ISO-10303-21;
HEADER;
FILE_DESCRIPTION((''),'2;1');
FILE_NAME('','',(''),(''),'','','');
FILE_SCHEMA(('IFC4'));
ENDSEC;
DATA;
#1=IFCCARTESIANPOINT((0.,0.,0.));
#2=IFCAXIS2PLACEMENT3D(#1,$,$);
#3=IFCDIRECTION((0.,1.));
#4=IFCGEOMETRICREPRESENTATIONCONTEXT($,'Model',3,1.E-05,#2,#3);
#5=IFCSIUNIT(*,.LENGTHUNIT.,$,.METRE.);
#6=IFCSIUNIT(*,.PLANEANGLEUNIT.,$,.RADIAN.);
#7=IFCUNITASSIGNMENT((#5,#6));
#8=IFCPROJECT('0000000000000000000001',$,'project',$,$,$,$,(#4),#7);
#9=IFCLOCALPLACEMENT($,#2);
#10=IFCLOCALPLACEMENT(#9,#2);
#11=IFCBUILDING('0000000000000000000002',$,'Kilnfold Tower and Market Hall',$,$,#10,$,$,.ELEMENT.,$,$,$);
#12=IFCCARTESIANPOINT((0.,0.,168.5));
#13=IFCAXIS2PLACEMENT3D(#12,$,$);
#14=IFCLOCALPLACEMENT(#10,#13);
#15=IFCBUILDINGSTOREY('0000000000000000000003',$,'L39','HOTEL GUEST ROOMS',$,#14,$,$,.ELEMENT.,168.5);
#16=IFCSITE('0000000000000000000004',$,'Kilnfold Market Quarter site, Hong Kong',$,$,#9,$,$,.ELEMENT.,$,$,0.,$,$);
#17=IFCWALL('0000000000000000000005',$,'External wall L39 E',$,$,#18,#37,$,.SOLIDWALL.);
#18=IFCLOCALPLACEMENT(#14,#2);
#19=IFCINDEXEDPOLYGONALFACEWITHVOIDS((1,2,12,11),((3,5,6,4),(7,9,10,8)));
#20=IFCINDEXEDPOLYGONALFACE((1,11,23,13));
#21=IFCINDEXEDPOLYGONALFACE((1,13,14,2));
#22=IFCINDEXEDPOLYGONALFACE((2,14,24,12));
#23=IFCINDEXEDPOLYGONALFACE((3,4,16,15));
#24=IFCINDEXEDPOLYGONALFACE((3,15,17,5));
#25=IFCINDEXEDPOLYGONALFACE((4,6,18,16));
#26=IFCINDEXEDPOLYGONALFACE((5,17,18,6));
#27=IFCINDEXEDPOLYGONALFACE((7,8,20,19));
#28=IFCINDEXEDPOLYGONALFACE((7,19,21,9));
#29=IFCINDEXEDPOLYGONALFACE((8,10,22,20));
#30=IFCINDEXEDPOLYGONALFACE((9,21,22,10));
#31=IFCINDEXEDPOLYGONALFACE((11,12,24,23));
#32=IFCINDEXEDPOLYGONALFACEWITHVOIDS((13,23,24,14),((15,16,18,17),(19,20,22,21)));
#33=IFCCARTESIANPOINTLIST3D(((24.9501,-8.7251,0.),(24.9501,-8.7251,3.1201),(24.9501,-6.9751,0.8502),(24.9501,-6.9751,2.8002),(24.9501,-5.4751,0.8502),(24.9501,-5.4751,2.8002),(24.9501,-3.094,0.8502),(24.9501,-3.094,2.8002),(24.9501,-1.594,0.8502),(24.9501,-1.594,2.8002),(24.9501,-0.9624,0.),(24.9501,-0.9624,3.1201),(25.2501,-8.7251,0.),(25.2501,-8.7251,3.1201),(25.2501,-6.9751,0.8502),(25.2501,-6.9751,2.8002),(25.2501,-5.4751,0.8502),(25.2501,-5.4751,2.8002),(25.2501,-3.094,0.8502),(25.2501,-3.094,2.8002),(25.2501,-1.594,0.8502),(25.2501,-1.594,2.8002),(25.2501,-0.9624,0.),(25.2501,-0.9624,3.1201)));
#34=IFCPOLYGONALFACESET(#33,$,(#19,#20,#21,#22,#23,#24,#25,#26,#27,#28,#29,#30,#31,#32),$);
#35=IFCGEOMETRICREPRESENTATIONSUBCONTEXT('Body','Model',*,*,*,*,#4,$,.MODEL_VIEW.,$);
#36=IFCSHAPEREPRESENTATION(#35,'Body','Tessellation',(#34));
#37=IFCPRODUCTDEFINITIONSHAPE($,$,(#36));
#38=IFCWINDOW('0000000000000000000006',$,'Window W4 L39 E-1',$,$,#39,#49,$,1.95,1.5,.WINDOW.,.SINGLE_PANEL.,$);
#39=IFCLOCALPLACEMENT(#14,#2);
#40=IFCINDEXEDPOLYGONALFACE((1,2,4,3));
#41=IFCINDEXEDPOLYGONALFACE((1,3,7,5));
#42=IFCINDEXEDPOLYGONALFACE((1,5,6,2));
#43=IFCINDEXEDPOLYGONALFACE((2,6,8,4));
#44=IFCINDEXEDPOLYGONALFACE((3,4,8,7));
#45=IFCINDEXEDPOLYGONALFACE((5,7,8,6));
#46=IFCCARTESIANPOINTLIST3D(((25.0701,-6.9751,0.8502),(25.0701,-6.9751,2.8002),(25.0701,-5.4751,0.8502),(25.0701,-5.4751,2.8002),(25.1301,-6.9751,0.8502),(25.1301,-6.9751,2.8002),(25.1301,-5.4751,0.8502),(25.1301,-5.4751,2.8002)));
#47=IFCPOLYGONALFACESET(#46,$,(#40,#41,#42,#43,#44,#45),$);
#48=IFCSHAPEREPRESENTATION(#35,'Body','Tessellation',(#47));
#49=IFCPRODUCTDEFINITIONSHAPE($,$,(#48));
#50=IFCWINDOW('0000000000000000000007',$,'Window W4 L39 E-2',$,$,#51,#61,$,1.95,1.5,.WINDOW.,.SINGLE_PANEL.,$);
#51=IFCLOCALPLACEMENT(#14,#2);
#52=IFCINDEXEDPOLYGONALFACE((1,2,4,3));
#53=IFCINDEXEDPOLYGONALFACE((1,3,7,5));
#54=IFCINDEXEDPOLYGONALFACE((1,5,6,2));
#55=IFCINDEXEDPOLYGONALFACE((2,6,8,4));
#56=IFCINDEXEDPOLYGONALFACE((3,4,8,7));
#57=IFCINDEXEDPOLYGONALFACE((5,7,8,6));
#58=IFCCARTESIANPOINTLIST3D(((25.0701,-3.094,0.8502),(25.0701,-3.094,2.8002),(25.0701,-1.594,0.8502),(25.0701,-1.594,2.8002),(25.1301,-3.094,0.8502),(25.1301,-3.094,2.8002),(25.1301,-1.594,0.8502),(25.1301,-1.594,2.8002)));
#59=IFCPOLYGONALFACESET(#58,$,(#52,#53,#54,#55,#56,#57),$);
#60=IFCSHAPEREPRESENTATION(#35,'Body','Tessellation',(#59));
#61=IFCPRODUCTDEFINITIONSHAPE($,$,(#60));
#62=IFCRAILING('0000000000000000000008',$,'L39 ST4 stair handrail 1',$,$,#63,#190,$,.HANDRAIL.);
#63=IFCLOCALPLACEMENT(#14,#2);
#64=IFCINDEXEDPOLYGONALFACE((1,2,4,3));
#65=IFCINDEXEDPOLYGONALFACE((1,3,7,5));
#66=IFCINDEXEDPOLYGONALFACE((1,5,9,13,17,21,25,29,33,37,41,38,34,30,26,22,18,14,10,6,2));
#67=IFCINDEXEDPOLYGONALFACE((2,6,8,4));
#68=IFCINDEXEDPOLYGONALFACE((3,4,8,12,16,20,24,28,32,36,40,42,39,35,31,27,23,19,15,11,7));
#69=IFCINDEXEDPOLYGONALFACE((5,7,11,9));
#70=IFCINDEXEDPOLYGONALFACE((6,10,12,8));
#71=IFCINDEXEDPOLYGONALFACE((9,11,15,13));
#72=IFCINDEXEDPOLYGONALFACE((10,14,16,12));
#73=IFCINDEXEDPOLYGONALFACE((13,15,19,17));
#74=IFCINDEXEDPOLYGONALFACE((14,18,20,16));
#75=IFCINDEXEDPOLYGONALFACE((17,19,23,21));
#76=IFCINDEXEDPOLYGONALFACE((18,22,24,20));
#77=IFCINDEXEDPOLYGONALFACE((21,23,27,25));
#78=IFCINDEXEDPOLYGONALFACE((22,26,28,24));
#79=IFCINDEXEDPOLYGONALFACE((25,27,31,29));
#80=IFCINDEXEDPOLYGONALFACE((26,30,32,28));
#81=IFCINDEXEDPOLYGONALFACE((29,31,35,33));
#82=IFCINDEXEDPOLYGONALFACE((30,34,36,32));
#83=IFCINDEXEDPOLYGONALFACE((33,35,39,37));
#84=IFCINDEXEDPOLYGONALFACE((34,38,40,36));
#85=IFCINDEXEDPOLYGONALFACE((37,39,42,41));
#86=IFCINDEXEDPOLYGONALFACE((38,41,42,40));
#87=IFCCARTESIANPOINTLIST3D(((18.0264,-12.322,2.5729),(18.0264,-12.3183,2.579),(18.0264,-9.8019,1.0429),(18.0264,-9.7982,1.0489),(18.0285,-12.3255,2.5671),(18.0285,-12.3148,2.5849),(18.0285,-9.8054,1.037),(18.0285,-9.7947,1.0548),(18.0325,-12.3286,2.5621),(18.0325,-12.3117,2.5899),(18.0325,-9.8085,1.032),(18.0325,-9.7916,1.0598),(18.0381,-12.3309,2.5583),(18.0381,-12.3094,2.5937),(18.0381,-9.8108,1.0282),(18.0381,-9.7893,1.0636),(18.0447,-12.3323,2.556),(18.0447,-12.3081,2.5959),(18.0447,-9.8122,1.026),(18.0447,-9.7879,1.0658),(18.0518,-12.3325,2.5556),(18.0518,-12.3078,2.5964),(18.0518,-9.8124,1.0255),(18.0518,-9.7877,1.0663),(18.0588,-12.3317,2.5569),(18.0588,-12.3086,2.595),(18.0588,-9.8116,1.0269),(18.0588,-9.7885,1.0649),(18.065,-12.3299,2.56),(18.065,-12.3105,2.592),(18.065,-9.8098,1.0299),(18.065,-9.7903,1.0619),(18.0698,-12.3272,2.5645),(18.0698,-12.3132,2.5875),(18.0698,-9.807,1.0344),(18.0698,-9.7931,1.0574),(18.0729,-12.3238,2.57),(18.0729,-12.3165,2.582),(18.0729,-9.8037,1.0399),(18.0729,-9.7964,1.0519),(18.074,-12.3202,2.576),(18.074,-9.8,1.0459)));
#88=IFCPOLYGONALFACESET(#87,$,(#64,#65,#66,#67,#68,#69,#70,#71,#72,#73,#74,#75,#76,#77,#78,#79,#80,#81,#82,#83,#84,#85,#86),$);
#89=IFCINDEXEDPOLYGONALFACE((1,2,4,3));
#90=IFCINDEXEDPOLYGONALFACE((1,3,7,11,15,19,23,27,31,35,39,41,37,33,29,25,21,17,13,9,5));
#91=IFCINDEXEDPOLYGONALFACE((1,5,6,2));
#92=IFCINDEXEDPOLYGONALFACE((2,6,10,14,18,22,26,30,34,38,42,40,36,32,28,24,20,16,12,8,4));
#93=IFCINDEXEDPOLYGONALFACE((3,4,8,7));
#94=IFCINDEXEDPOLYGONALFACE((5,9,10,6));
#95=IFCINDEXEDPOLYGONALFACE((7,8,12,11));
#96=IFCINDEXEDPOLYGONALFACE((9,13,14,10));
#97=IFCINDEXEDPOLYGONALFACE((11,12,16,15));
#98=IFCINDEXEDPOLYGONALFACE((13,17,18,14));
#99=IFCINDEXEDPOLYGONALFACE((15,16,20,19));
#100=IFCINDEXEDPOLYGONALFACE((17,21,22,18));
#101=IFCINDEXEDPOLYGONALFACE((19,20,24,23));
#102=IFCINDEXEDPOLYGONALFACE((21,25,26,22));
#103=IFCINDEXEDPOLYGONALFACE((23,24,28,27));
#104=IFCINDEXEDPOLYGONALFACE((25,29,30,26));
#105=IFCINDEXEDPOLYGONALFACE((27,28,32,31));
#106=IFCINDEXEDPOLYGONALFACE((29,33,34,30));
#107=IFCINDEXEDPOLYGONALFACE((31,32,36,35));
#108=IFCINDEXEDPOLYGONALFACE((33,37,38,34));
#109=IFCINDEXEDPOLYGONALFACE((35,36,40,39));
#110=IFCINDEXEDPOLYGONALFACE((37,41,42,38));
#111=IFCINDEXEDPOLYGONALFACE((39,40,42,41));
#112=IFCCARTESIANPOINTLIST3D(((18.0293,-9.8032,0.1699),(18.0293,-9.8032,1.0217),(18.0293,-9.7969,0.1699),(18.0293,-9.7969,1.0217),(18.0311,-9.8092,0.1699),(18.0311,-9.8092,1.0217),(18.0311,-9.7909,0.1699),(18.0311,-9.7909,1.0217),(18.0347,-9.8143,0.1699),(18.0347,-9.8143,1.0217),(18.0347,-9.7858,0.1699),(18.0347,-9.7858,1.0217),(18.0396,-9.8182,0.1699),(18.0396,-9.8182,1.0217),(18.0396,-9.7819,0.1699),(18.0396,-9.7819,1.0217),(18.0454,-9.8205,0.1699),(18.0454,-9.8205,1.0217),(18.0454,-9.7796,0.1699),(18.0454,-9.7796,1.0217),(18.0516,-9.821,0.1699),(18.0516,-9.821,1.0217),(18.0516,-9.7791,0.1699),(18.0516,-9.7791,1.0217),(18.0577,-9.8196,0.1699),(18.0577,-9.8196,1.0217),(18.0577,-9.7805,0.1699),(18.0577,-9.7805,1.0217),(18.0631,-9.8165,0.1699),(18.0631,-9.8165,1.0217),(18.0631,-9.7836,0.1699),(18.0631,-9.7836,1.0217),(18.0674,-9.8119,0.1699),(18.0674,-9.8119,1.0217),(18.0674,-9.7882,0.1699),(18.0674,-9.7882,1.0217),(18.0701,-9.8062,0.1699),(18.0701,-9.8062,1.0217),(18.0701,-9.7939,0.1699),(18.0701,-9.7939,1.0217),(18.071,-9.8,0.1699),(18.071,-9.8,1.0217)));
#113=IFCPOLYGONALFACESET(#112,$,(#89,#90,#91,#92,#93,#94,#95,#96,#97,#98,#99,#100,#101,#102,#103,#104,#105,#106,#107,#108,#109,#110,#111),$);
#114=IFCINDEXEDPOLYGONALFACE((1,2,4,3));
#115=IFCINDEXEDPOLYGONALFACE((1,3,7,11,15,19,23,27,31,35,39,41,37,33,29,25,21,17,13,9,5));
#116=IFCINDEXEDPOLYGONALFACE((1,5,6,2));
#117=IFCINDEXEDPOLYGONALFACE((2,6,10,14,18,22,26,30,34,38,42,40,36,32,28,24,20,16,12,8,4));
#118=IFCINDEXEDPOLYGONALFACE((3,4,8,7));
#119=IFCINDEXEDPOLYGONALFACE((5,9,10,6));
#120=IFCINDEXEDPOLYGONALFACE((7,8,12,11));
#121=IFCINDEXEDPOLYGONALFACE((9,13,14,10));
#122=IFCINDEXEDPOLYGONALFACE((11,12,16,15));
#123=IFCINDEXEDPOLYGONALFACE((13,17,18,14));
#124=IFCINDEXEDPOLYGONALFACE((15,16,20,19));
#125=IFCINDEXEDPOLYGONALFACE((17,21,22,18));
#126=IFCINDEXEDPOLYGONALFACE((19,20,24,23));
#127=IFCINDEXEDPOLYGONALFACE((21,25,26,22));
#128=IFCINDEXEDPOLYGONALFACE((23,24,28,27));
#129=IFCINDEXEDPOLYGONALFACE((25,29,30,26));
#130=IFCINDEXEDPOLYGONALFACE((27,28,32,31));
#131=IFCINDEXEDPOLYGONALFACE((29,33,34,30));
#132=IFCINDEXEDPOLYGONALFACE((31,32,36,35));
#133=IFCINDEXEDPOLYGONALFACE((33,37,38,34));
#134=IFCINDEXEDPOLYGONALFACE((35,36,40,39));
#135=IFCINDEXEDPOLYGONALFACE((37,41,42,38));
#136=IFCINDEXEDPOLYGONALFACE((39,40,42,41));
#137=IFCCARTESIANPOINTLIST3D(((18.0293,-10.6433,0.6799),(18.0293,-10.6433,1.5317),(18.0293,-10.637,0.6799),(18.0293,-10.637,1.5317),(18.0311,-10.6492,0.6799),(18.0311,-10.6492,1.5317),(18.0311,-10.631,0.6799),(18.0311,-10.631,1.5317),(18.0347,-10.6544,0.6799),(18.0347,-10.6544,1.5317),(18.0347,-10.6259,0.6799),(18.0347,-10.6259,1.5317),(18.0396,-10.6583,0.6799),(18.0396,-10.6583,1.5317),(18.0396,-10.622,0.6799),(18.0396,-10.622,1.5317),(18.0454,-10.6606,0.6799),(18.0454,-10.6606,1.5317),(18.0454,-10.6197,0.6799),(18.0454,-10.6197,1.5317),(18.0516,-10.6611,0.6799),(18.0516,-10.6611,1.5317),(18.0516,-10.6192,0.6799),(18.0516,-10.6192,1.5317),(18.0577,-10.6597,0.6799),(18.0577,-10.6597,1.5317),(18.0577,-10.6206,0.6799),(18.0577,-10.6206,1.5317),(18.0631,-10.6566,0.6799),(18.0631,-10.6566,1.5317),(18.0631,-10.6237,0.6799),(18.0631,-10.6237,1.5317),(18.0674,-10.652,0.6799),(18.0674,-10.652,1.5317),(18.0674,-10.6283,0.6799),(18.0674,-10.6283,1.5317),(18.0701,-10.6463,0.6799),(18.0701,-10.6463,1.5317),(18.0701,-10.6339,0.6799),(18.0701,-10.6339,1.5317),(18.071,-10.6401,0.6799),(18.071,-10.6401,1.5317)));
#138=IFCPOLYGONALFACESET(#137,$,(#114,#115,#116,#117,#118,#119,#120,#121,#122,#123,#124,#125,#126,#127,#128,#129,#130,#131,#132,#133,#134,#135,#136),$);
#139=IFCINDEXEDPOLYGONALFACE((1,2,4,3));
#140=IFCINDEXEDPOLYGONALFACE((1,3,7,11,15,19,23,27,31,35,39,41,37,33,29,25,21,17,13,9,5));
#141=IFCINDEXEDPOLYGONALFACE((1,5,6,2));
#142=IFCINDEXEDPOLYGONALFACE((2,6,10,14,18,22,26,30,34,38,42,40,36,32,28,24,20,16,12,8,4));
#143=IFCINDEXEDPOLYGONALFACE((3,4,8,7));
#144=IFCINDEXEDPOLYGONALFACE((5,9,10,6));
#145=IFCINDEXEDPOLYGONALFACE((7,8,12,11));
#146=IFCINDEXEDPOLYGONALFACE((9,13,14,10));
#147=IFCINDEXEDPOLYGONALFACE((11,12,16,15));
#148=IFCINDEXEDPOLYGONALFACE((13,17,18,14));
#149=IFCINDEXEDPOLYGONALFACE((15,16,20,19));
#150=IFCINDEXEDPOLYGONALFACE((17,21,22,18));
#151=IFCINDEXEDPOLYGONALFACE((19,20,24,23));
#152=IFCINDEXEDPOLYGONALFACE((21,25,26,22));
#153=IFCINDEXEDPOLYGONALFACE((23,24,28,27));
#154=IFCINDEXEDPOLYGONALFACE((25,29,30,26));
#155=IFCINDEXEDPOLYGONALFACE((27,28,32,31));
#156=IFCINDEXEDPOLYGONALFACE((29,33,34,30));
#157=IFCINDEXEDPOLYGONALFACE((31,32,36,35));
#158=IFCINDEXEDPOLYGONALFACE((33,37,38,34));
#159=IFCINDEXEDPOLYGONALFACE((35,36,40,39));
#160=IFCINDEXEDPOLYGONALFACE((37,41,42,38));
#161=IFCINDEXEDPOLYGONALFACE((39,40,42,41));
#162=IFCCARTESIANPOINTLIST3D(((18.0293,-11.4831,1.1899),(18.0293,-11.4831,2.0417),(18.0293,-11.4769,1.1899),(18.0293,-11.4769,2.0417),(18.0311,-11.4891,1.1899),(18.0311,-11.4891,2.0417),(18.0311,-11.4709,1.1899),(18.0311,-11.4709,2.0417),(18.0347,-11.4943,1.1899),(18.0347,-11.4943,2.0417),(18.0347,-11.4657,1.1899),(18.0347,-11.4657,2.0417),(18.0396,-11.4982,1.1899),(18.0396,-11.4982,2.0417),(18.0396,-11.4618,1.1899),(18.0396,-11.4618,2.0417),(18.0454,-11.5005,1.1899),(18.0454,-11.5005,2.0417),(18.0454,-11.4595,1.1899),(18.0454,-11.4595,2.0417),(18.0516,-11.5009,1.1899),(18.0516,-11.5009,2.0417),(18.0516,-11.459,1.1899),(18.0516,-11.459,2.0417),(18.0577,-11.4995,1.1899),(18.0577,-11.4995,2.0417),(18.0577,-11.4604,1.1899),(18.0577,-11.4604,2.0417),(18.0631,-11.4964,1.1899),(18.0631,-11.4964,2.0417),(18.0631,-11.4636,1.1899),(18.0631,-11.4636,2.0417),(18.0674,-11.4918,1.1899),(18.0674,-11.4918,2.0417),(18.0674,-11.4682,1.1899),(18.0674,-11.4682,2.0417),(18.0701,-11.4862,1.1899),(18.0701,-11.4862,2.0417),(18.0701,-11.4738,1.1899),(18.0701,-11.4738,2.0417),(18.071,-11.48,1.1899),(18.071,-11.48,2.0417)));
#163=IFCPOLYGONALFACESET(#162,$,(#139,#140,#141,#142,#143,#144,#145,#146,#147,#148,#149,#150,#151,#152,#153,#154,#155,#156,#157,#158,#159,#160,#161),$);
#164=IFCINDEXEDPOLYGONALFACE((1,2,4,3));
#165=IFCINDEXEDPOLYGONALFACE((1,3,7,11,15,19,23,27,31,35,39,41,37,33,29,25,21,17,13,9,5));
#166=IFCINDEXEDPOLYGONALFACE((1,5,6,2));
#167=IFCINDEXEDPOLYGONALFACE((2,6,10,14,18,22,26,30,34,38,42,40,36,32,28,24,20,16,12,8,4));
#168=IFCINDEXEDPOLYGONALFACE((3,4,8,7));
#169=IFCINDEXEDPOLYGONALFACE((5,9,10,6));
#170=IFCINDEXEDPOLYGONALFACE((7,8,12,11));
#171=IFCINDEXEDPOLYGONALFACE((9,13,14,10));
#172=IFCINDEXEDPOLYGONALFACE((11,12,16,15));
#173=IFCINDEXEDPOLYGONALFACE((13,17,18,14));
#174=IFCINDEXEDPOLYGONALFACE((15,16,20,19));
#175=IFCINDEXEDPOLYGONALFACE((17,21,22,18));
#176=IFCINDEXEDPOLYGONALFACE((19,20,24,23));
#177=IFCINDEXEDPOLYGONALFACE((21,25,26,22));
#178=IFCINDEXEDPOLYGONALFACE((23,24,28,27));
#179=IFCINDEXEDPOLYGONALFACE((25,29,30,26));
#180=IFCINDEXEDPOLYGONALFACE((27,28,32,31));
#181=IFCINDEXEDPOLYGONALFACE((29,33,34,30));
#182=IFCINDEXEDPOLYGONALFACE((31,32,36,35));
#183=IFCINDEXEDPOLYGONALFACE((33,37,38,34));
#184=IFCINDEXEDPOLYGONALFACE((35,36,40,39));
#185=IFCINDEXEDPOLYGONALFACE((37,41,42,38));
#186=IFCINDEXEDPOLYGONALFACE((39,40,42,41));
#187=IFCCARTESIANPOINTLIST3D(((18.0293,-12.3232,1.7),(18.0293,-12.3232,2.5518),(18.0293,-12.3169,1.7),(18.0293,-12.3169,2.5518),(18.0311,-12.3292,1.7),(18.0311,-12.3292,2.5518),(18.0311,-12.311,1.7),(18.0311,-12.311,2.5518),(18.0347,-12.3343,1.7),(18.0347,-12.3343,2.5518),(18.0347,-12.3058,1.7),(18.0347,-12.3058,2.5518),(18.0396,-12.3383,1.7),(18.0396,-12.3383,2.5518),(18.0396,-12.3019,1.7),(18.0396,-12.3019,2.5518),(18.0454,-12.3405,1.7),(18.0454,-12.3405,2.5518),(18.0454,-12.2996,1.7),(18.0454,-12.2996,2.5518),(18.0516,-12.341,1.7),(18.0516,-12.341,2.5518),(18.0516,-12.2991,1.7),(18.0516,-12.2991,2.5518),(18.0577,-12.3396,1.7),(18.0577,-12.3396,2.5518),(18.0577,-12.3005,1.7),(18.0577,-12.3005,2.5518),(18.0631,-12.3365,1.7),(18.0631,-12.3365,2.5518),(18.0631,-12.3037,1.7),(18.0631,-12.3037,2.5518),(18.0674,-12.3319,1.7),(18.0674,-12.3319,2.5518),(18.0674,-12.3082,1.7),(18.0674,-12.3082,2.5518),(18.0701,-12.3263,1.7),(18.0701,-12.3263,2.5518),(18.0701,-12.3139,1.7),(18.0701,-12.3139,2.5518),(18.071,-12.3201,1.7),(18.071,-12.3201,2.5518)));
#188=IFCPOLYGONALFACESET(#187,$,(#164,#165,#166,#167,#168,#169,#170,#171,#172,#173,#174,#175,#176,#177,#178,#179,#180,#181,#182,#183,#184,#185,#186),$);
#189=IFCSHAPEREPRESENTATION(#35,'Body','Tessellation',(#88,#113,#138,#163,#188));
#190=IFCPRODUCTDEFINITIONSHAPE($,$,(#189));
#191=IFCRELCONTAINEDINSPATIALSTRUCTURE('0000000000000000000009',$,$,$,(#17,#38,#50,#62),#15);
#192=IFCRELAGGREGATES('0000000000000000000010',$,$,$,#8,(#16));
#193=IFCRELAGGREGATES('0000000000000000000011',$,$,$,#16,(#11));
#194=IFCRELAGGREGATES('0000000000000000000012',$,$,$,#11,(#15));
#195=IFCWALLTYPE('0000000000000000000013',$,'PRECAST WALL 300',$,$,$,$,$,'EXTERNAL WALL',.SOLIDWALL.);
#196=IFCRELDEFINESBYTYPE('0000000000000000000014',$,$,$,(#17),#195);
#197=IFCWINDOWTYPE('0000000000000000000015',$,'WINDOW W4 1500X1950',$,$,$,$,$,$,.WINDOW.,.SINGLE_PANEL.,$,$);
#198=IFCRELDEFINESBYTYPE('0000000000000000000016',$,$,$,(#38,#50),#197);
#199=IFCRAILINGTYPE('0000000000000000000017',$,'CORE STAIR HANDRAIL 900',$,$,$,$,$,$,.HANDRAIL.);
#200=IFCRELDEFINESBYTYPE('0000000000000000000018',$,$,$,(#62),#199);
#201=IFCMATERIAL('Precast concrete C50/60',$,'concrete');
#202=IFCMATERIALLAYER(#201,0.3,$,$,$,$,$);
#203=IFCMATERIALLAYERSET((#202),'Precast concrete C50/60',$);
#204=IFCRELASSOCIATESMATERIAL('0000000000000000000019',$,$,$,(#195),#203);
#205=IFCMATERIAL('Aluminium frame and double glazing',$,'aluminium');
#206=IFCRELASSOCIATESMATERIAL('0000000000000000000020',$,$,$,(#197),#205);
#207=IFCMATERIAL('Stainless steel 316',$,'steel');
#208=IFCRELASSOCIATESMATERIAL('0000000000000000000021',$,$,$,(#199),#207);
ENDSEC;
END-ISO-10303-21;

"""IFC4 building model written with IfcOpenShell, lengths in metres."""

from ifc_helpers import new_model, si_unit, direction, frame, frame_2d, origin, origin_2d, place, context, subcontext, project, spatial, rectangle, circle, extrude, source, transform, mapped, material, layer, layer_set, type_object, element, fill, save


model = new_model("IFC4")

# Units and contexts
model_context = context("Model", 3, precision=1e-05, world=origin(), true_north=direction((0.0, 1.0)))
body_context = subcontext(model_context, "Body", "Model", "MODEL_VIEW")
ifc_project = project(units=[si_unit("LENGTHUNIT", "METRE"), si_unit("PLANEANGLEUNIT", "RADIAN")], contexts=[model_context])

# Site, building, storey
site_placement = place(None, origin())
site = spatial("IfcSite", under=ifc_project, at=site_placement, Name="Kilnfold Market Quarter site, Hong Kong", CompositionType="ELEMENT", RefElevation=0.0)
building_placement = place(site_placement, origin())
building = spatial("IfcBuilding", under=site, at=building_placement, Name="Kilnfold Tower and Market Hall", CompositionType="ELEMENT")
storey_placement = place(building_placement, frame((0.0, 0.0, 168.5)))
storey = spatial("IfcBuildingStorey", under=building, at=storey_placement, Name="L39", Description="HOTEL GUEST ROOMS", CompositionType="ELEMENT", Elevation=168.5)

# Wall, openings, windows
ifc_material_1 = material(Name="Precast concrete C50/60", Category="concrete")
ifc_layer_1 = layer(ifc_material_1, 0.3)
ifc_layer_set_1 = layer_set([ifc_layer_1], Name="Precast concrete C50/60")
wall_type_1 = type_object("IfcWallType", Name="PRECAST WALL 300", ElementType="EXTERNAL WALL", PredefinedType="SOLIDWALL", material=ifc_layer_set_1)
shared_shape_1 = source(origin(), body_context, "Body", "SweptSolid", [
    extrude(rectangle(XDim=7.7627, YDim=0.3, at=frame_2d((3.8813, 0.0))), origin(), (0.0, 0.0, 1.0), 3.1201),
])
ifc_material_2 = material(Name="Aluminium frame and double glazing", Category="aluminium")
window_type = type_object("IfcWindowType", Name="WINDOW W4 1500X1950", PartitioningType="SINGLE_PANEL", PredefinedType="WINDOW", material=ifc_material_2)
wall_1_placement = place(storey_placement, frame((25.1001, -8.7251, 0.0), z_axis=(0.0, 0.0, 1.0), x_axis=(0.0, 1.0, 0.0)))
wall_1 = element("IfcWall", 1, at=wall_1_placement, inside=storey, type_object=wall_type_1, Name="External wall L39 E", PredefinedType="SOLIDWALL", context=body_context, shape_type="MappedRepresentation", body=[
    mapped(shared_shape_1, transform((0.0, 0.0, 0.0))),
])
opening_1_placement = place(wall_1_placement, frame((1.75, 0.0, 0.8501)))
opening_1 = element("IfcOpeningElement", 2, at=opening_1_placement, cuts=wall_1, PredefinedType="OPENING", context=body_context, shape_type="SweptSolid", body=[
    extrude(rectangle(XDim=1.5, YDim=1.95, at=frame_2d((0.75, 0.9751))), frame((0.0, 0.1602, 0.0), z_axis=(0.0, -1.0, 0.0), x_axis=(1.0, 0.0, 0.0)), (0.0, 0.0, 1.0), 0.3201),
])
opening_2_placement = place(wall_1_placement, frame((5.6311, 0.0, 0.8501)))
opening_2 = element("IfcOpeningElement", 3, at=opening_2_placement, cuts=wall_1, PredefinedType="OPENING", context=body_context, shape_type="SweptSolid", body=[
    extrude(rectangle(XDim=1.5, YDim=1.95, at=frame_2d((0.75, 0.9751))), frame((0.0, 0.1602, 0.0), z_axis=(0.0, -1.0, 0.0), x_axis=(1.0, 0.0, 0.0)), (0.0, 0.0, 1.0), 0.3201),
])
window_1_placement = place(opening_1_placement, origin())
window_1 = element("IfcWindow", 4, at=window_1_placement, inside=storey, type_object=window_type, Name="Window W4 L39 E-1", OverallHeight=1.95, OverallWidth=1.5, PartitioningType="SINGLE_PANEL", PredefinedType="WINDOW", context=body_context, shape_type="SweptSolid", body=[
    extrude(rectangle(XDim=1.5, YDim=1.95, at=frame_2d((0.75, 0.9751))), frame((0.0, 0.03, 0.0), z_axis=(0.0, -1.0, 0.0), x_axis=(1.0, 0.0, 0.0)), (0.0, 0.0, 1.0), 0.0601),
])
fill(opening_1, window_1)
window_2_placement = place(opening_2_placement, origin())
window_2 = element("IfcWindow", 5, at=window_2_placement, inside=storey, type_object=window_type, Name="Window W4 L39 E-2", OverallHeight=1.95, OverallWidth=1.5, PartitioningType="SINGLE_PANEL", PredefinedType="WINDOW", context=body_context, shape_type="SweptSolid", body=[
    extrude(rectangle(XDim=1.5, YDim=1.95, at=frame_2d((0.75, 0.9751))), frame((0.0, 0.03, 0.0), z_axis=(0.0, -1.0, 0.0), x_axis=(1.0, 0.0, 0.0)), (0.0, 0.0, 1.0), 0.0601),
])
fill(opening_2, window_2)

# Railing
ifc_material_3 = material(Name="Stainless steel 316", Category="steel")
railing_type_1 = type_object("IfcRailingType", Name="CORE STAIR HANDRAIL 900", PredefinedType="HANDRAIL", material=ifc_material_3)
railing_1_placement = place(storey_placement, frame((18.05, -9.8, 0.1699)))
element("IfcRailing", 6, at=railing_1_placement, inside=storey, type_object=railing_type_1, Name="L39 ST4 stair handrail 1", PredefinedType="HANDRAIL", context=body_context, shape_type="SweptSolid", body=[
    extrude(circle(Radius=0.0239, at=origin_2d()), frame((0.0, 0.0, 0.876), z_axis=(0.0, -0.854785, 0.518982), x_axis=(1.0, 0.0, 0.0)), (0.0, 0.0, 1.0), 2.9482),
    extrude(circle(Radius=0.021, at=origin_2d()), origin(), (0.0, 0.0, 1.0), 0.8518),
    extrude(circle(Radius=0.021, at=origin_2d()), frame((0.0, -0.8401, 0.51)), (0.0, 0.0, 1.0), 0.8518),
    extrude(circle(Radius=0.021, at=origin_2d()), frame((0.0, -1.6799, 1.02)), (0.0, 0.0, 1.0), 0.8518),
    extrude(circle(Radius=0.021, at=origin_2d()), frame((0.0, -2.52, 1.53)), (0.0, 0.0, 1.0), 0.8518),
])

save(model, "model.ifc")
